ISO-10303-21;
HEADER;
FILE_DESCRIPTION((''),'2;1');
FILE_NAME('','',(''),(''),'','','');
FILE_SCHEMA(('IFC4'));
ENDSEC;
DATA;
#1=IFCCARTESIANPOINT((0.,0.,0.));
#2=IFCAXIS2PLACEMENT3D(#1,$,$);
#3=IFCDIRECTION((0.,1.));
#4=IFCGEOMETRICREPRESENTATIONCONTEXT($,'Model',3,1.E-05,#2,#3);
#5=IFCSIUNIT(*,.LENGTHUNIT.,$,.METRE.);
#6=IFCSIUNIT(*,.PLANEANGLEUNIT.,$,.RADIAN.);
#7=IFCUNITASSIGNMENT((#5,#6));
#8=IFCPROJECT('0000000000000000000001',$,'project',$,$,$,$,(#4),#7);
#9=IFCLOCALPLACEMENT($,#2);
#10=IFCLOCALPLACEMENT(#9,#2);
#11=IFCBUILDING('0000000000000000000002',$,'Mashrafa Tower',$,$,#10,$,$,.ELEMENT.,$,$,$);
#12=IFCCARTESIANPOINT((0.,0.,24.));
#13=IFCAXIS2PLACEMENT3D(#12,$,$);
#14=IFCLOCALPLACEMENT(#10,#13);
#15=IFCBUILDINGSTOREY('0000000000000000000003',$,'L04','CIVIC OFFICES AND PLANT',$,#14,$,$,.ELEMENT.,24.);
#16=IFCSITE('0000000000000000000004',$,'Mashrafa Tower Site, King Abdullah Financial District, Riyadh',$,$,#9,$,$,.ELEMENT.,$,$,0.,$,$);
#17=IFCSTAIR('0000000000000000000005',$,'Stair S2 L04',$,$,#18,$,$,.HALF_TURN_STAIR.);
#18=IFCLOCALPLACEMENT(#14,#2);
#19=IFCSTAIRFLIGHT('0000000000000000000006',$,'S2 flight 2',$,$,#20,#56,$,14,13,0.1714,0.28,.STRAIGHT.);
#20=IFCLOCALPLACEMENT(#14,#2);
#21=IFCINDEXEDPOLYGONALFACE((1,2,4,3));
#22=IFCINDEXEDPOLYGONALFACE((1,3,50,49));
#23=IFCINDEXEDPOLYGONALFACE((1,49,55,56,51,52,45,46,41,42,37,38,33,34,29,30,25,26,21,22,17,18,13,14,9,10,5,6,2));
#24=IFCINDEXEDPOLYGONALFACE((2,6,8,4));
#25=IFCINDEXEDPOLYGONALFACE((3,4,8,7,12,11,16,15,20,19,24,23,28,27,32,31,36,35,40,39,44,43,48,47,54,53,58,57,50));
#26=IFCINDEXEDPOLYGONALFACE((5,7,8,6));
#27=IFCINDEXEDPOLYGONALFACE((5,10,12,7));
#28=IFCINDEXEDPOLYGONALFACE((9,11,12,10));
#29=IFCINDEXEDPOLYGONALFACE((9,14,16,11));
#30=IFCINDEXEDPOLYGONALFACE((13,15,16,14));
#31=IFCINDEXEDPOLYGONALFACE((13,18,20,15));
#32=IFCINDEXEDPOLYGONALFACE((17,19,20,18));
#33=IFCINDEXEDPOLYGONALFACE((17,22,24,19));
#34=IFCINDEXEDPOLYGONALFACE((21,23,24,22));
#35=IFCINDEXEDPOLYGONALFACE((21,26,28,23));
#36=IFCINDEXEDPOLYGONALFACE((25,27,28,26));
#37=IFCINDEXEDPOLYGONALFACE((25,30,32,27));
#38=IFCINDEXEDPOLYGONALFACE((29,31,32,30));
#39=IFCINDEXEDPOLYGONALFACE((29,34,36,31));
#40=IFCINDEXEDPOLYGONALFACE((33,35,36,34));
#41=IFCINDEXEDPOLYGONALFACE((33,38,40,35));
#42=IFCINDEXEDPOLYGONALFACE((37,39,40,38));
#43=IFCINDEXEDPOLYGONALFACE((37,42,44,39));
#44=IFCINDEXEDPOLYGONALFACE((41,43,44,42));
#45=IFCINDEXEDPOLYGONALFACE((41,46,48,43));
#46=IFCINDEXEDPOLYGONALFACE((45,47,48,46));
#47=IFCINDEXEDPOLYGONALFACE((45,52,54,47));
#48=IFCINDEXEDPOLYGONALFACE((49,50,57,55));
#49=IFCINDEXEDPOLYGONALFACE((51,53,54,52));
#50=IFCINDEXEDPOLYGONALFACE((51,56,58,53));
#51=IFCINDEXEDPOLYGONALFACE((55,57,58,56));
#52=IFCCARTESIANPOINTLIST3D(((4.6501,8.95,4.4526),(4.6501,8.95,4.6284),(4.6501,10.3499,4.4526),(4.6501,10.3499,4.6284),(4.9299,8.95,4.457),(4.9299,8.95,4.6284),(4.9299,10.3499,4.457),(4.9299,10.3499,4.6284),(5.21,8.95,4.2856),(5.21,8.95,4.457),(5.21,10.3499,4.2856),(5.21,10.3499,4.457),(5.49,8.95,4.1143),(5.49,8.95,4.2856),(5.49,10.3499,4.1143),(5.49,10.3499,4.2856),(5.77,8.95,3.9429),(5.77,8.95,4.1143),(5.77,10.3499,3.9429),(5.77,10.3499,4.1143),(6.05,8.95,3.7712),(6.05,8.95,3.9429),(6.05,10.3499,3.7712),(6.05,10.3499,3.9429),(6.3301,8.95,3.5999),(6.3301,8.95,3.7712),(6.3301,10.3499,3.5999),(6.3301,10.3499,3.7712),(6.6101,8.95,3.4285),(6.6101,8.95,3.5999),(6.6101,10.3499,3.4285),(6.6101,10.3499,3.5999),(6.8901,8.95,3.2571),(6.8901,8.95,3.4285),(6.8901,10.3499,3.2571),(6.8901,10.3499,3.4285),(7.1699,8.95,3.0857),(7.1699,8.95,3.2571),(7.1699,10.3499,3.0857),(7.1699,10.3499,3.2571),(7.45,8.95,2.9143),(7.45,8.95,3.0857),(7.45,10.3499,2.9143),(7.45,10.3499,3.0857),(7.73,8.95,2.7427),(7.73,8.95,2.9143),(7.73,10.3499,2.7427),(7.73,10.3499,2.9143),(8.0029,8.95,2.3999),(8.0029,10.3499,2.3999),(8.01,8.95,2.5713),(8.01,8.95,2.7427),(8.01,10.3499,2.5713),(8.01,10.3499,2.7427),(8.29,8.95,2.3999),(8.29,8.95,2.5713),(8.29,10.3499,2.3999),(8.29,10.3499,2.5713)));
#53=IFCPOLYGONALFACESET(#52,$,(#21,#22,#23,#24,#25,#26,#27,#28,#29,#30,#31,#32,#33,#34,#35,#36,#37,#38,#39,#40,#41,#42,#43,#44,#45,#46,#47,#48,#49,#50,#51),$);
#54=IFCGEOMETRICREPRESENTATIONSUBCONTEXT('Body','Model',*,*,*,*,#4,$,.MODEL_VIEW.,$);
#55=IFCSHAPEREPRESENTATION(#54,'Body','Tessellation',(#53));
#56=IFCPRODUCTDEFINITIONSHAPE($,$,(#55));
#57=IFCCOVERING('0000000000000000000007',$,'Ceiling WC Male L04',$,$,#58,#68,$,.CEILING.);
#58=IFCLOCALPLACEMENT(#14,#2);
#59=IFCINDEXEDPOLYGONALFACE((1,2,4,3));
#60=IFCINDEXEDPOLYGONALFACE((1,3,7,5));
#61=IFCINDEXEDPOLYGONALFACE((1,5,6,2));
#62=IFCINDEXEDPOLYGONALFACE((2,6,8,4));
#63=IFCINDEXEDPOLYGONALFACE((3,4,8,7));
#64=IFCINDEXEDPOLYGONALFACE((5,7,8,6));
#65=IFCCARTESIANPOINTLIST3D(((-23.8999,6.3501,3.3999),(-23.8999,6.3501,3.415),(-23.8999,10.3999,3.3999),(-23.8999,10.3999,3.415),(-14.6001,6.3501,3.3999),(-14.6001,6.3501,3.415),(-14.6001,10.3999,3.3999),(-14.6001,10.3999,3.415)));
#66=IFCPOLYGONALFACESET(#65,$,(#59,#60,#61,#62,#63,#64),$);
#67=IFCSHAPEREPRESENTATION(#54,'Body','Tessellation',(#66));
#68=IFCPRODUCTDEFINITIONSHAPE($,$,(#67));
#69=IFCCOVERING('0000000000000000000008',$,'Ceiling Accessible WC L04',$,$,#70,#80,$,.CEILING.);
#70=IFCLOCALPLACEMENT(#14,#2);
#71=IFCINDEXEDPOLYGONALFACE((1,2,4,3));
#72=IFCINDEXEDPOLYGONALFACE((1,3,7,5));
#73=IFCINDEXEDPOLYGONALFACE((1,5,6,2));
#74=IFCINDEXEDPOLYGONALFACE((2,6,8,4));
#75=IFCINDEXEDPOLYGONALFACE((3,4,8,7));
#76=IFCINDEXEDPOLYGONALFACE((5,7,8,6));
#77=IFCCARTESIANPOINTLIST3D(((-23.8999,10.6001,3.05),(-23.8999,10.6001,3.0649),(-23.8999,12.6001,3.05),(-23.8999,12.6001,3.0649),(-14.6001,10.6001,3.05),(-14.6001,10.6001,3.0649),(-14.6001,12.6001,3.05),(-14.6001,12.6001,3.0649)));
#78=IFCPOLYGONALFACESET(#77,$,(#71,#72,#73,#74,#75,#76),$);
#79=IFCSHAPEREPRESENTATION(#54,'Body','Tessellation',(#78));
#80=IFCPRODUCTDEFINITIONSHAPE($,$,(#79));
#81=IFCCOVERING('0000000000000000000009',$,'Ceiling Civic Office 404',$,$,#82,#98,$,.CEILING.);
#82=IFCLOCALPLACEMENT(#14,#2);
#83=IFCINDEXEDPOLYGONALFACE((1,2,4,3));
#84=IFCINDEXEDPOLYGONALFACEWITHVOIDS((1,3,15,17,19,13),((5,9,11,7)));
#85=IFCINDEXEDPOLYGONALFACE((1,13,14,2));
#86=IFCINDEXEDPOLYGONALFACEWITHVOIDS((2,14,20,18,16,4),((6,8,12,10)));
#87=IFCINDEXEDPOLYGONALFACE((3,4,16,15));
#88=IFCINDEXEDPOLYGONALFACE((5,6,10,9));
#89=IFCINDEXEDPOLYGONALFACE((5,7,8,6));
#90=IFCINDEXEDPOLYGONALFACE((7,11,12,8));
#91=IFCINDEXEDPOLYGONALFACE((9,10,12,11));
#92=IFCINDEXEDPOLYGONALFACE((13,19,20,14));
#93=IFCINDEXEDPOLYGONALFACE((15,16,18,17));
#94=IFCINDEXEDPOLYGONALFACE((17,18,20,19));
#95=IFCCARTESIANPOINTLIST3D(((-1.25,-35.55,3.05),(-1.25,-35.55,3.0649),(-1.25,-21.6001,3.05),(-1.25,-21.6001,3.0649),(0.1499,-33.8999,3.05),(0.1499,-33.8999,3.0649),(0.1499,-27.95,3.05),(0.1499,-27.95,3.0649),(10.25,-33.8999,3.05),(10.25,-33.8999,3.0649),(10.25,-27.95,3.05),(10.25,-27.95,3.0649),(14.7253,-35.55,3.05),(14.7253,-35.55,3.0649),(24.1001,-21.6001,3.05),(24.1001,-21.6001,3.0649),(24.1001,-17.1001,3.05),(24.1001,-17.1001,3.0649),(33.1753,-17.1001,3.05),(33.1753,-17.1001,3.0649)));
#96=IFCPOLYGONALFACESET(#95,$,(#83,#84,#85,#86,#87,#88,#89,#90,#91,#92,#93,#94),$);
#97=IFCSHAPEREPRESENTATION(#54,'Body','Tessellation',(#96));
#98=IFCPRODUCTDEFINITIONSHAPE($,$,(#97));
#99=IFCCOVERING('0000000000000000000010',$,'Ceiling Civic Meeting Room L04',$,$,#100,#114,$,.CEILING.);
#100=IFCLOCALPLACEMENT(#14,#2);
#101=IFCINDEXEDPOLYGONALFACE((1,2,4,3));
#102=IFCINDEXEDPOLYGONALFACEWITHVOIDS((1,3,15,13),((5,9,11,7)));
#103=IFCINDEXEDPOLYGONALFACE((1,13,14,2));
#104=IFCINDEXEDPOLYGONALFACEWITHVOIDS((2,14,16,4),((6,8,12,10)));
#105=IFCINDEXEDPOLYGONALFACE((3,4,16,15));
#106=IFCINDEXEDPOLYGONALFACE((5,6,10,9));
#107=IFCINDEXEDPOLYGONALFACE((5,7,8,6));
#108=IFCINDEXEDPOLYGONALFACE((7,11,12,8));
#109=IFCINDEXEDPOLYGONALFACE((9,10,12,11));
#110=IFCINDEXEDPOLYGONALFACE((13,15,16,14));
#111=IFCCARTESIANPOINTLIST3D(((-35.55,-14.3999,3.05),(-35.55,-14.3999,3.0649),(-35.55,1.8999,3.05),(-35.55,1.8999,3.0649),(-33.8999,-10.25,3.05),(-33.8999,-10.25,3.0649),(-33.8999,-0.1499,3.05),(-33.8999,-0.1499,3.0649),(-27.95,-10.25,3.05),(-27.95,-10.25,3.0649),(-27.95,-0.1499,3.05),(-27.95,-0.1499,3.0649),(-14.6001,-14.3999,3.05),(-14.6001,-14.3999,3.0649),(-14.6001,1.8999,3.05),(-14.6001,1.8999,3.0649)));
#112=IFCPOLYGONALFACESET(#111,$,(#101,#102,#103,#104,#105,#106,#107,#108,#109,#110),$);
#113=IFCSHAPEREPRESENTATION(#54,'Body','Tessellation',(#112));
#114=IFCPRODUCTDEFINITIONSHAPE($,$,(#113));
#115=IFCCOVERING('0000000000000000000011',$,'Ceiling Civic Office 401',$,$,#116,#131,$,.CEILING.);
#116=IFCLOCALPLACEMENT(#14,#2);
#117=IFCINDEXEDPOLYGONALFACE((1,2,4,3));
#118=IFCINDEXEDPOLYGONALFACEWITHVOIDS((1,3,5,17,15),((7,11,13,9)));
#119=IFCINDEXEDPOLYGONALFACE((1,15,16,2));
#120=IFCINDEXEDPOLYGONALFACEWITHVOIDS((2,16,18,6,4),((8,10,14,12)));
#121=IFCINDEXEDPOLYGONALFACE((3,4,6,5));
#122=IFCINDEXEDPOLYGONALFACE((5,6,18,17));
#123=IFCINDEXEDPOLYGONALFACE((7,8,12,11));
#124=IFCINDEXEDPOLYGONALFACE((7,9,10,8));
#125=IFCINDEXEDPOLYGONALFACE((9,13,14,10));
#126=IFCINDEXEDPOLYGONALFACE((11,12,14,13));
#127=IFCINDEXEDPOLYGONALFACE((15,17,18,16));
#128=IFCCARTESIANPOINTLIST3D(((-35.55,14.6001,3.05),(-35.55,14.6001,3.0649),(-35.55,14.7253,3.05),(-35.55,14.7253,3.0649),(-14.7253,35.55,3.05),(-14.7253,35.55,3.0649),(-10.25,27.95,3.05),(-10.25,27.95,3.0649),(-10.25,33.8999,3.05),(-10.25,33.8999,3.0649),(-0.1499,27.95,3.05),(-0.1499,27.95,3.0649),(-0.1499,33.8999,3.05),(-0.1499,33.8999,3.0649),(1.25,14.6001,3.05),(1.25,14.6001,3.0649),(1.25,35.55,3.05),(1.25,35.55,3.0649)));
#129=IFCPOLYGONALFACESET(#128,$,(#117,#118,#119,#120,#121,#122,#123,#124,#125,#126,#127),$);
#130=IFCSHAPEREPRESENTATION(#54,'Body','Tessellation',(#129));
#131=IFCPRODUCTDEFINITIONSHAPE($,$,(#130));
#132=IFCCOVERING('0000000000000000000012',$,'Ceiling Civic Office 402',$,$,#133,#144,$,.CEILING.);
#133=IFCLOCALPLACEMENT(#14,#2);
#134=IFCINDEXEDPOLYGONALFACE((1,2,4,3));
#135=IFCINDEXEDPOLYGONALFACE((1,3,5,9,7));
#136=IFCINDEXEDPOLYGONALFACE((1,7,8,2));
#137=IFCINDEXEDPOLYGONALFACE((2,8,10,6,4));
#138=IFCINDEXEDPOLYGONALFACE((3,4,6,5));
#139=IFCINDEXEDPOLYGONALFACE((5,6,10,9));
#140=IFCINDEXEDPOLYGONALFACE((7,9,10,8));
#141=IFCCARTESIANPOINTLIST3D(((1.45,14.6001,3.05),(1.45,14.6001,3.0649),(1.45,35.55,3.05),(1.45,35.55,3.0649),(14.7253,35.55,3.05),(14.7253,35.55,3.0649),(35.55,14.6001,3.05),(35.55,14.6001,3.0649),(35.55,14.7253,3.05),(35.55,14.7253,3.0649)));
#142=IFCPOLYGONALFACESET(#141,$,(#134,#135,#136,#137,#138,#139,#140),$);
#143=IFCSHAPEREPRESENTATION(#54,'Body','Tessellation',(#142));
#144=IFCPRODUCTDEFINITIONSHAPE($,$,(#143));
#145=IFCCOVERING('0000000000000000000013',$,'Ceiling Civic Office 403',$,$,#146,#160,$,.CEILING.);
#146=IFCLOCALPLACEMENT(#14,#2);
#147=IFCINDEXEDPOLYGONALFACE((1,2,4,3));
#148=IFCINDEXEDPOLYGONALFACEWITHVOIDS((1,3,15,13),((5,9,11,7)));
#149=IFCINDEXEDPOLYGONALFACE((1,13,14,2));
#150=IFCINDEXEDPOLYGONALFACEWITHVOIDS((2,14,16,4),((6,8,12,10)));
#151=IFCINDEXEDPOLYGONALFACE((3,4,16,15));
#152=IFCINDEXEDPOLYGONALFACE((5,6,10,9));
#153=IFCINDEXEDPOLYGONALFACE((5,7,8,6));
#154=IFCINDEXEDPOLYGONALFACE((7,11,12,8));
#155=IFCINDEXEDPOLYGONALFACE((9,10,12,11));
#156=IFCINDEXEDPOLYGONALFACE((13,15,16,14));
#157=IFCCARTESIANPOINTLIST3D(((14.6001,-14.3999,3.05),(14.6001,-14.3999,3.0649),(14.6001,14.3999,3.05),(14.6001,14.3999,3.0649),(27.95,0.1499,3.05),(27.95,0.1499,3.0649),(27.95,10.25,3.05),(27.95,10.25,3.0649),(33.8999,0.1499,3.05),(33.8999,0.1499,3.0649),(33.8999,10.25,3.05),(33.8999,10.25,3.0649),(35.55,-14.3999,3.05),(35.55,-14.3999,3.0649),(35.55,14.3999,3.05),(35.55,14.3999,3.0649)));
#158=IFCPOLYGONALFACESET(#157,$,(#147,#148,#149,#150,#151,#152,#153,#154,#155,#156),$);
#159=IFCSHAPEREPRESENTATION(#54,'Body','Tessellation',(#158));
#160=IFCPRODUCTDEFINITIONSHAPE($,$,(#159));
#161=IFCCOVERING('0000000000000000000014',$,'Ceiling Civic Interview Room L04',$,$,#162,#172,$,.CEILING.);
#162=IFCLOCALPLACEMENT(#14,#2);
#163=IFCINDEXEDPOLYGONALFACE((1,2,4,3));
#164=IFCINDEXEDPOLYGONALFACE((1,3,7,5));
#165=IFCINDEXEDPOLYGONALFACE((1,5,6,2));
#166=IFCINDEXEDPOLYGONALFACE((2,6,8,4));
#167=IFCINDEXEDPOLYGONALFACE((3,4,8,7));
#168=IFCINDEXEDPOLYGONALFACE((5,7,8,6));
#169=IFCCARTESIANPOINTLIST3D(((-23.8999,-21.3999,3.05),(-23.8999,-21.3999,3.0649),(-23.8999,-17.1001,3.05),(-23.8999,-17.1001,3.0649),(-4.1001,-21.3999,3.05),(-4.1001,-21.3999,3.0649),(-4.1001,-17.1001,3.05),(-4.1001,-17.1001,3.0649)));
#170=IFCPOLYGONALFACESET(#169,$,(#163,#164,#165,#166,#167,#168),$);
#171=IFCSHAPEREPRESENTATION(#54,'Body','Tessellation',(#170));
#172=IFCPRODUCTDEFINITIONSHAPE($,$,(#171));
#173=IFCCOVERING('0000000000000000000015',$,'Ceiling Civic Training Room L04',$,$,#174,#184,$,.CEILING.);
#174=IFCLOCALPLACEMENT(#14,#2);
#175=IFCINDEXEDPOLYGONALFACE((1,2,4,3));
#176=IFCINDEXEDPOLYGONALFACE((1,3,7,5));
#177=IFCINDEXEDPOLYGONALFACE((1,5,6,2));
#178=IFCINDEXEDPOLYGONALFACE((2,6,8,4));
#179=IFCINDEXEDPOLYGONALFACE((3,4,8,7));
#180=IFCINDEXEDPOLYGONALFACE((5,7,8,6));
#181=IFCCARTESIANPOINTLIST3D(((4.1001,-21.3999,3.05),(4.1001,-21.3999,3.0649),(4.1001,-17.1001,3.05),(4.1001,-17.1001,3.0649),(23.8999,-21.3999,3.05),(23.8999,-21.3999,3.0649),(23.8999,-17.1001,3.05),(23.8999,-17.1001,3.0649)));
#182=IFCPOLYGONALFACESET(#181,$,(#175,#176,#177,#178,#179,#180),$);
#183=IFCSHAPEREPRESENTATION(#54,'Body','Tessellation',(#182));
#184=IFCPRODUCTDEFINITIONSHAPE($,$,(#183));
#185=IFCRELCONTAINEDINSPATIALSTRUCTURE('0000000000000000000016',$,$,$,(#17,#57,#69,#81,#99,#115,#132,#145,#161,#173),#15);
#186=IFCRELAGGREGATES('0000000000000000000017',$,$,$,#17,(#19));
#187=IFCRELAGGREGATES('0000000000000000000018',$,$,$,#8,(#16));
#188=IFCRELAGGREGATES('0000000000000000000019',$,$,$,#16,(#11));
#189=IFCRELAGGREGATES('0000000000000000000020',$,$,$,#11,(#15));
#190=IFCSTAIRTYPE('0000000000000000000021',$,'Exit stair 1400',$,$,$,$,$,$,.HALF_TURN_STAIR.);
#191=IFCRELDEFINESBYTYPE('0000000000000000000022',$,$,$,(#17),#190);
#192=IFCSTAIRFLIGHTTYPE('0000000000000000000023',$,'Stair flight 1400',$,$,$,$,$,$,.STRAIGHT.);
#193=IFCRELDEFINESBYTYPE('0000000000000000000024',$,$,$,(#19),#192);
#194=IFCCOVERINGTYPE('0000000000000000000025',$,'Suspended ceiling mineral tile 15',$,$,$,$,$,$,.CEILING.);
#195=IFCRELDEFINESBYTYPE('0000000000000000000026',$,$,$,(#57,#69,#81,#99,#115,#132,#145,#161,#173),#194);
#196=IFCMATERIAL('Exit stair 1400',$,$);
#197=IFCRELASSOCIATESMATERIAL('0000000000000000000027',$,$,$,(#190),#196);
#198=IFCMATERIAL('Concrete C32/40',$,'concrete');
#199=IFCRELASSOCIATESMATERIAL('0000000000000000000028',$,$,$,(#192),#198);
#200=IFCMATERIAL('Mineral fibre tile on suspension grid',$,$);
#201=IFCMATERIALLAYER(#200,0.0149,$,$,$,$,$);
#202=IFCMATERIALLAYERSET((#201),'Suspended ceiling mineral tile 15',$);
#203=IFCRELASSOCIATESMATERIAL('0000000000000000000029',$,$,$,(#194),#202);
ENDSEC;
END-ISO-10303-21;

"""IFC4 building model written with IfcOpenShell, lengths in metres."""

from ifc_helpers import new_model, si_unit, direction, frame, origin, place, context, subcontext, project, spatial, polyline, outline, extrude, material, layer, layer_set, type_object, element, aggregate, save


model = new_model("IFC4")

# Units and contexts
model_context = context("Model", 3, precision=1e-05, world=origin(), true_north=direction((0.0, 1.0)))
body_context = subcontext(model_context, "Body", "Model", "MODEL_VIEW")
ifc_project = project(units=[si_unit("LENGTHUNIT", "METRE"), si_unit("PLANEANGLEUNIT", "RADIAN")], contexts=[model_context])

# Site, building, storey
site_placement = place(None, origin())
site = spatial("IfcSite", under=ifc_project, at=site_placement, Name="Mashrafa Tower Site, King Abdullah Financial District, Riyadh", CompositionType="ELEMENT", RefElevation=0.0)
building_placement = place(site_placement, origin())
building = spatial("IfcBuilding", under=site, at=building_placement, Name="Mashrafa Tower", CompositionType="ELEMENT")
storey_placement = place(building_placement, frame((0.0, 0.0, 24.0)))
storey = spatial("IfcBuildingStorey", under=building, at=storey_placement, Name="L04", Description="CIVIC OFFICES AND PLANT", CompositionType="ELEMENT", Elevation=24.0)

# Stair, stair flight
ifc_material_1 = material(Name="Exit stair 1400")
stair_type = type_object("IfcStairType", Name="Exit stair 1400", PredefinedType="HALF_TURN_STAIR", material=ifc_material_1)
stair_placement = place(storey_placement, origin())
stair = element("IfcStair", 1, at=stair_placement, inside=storey, type_object=stair_type, Name="Stair S2 L04", PredefinedType="HALF_TURN_STAIR")
ifc_material_2 = material(Name="Concrete C32/40", Category="concrete")
stair_flight_type = type_object("IfcStairFlightType", Name="Stair flight 1400", PredefinedType="STRAIGHT", material=ifc_material_2)
stair_flight_1_placement = place(storey_placement, frame((8.29, 9.6499, 2.3999), z_axis=(0.0, 0.0, 1.0), x_axis=(-1.0, 0.0, 0.0)))
stair_flight_1 = element("IfcStairFlight", 2, at=stair_flight_1_placement, type_object=stair_flight_type, Name="S2 flight 2", NumberOfRisers=14, NumberOfTreads=13, PredefinedType="STRAIGHT", RiserHeight=0.1714, TreadLength=0.28, context=body_context, shape_type="SweptSolid", body=[
    extrude(outline(polyline([(0.0, 0.0), (0.0, 0.1714), (0.28, 0.1714), (0.28, 0.3428), (0.5601, 0.3428), (0.5601, 0.5144), (0.8401, 0.5144), (0.8401, 0.6858), (1.1201, 0.6858), (1.1201, 0.8572), (1.3999, 0.8572), (1.3999, 1.0286), (1.6799, 1.0286), (1.6799, 1.2), (1.96, 1.2), (1.96, 1.3713), (2.24, 1.3713), (2.24, 1.543), (2.52, 1.543), (2.52, 1.7144), (2.8, 1.7144), (2.8, 1.8857), (3.0801, 1.8857), (3.0801, 2.0571), (3.3601, 2.0571), (3.3601, 2.2285), (3.6399, 2.2285), (3.6399, 2.3999), (3.6399, 2.0527), (0.2871, 0.0), (0.0, 0.0)])), frame((0.0, 0.7, 0.0), z_axis=(0.0, -1.0, 0.0), x_axis=(1.0, 0.0, 0.0)), (0.0, 0.0, 1.0), 1.3999),
])
aggregate(stair, [stair_flight_1])

# Coverings
ifc_material_3 = material(Name="Mineral fibre tile on suspension grid")
ifc_layer_1 = layer(ifc_material_3, 0.0149)
ifc_layer_set_1 = layer_set([ifc_layer_1], Name="Suspended ceiling mineral tile 15")
covering_type = type_object("IfcCoveringType", Name="Suspended ceiling mineral tile 15", PredefinedType="CEILING", material=ifc_layer_set_1)
covering_1_placement = place(storey_placement, frame((0.0, 0.0, 3.3999)))
element("IfcCovering", 3, at=covering_1_placement, inside=storey, type_object=covering_type, Name="Ceiling WC Male L04", PredefinedType="CEILING", context=body_context, shape_type="SweptSolid", body=[
    extrude(outline(polyline([(-23.8999, 6.3501), (-23.8999, 10.3999), (-14.6001, 10.3999), (-14.6001, 6.3501), (-23.8999, 6.3501)])), origin(), (0.0, 0.0, 1.0), 0.0151),
])
covering_2_placement = place(storey_placement, frame((0.0, 0.0, 3.05)))
element("IfcCovering", 4, at=covering_2_placement, inside=storey, type_object=covering_type, Name="Ceiling Accessible WC L04", PredefinedType="CEILING", context=body_context, shape_type="SweptSolid", body=[
    extrude(outline(polyline([(-23.8999, 10.6001), (-23.8999, 12.6001), (-14.6001, 12.6001), (-14.6001, 10.6001), (-23.8999, 10.6001)])), origin(), (0.0, 0.0, 1.0), 0.0149),
])
covering_3_placement = place(storey_placement, frame((0.0, 0.0, 3.05)))
element("IfcCovering", 5, at=covering_3_placement, inside=storey, type_object=covering_type, Name="Ceiling Civic Office 404", PredefinedType="CEILING", context=body_context, shape_type="SweptSolid", body=[
    extrude(outline(polyline([(-1.25, -21.6001), (24.1001, -21.6001), (24.1001, -17.1001), (33.1753, -17.1001), (14.7253, -35.55), (-1.25, -35.55), (-1.25, -21.6001)]), holes=[polyline([(0.1499, -27.95), (0.1499, -33.8999), (10.25, -33.8999), (10.25, -27.95), (0.1499, -27.95)])]), origin(), (0.0, 0.0, 1.0), 0.0149),
])
covering_4_placement = place(storey_placement, frame((0.0, 0.0, 3.05)))
element("IfcCovering", 6, at=covering_4_placement, inside=storey, type_object=covering_type, Name="Ceiling Civic Meeting Room L04", PredefinedType="CEILING", context=body_context, shape_type="SweptSolid", body=[
    extrude(outline(polyline([(-14.6001, 1.8999), (-14.6001, -14.3999), (-35.55, -14.3999), (-35.55, 1.8999), (-14.6001, 1.8999)]), holes=[polyline([(-27.95, -10.25), (-27.95, -0.1499), (-33.8999, -0.1499), (-33.8999, -10.25), (-27.95, -10.25)])]), origin(), (0.0, 0.0, 1.0), 0.0149),
])
covering_5_placement = place(storey_placement, frame((0.0, 0.0, 3.05)))
element("IfcCovering", 7, at=covering_5_placement, inside=storey, type_object=covering_type, Name="Ceiling Civic Office 401", PredefinedType="CEILING", context=body_context, shape_type="SweptSolid", body=[
    extrude(outline(polyline([(1.25, 35.55), (1.25, 14.6001), (-35.55, 14.6001), (-35.55, 14.7253), (-14.7253, 35.55), (1.25, 35.55)]), holes=[polyline([(-10.25, 33.8999), (-10.25, 27.95), (-0.1499, 27.95), (-0.1499, 33.8999), (-10.25, 33.8999)])]), origin(), (0.0, 0.0, 1.0), 0.0149),
])
covering_6_placement = place(storey_placement, frame((0.0, 0.0, 3.05)))
element("IfcCovering", 8, at=covering_6_placement, inside=storey, type_object=covering_type, Name="Ceiling Civic Office 402", PredefinedType="CEILING", context=body_context, shape_type="SweptSolid", body=[
    extrude(outline(polyline([(1.45, 14.6001), (1.45, 35.55), (14.7253, 35.55), (35.55, 14.7253), (35.55, 14.6001), (1.45, 14.6001)])), origin(), (0.0, 0.0, 1.0), 0.0149),
])
covering_7_placement = place(storey_placement, frame((0.0, 0.0, 3.05)))
element("IfcCovering", 9, at=covering_7_placement, inside=storey, type_object=covering_type, Name="Ceiling Civic Office 403", PredefinedType="CEILING", context=body_context, shape_type="SweptSolid", body=[
    extrude(outline(polyline([(14.6001, -14.3999), (14.6001, 14.3999), (35.55, 14.3999), (35.55, -14.3999), (14.6001, -14.3999)]), holes=[polyline([(33.8999, 10.25), (27.95, 10.25), (27.95, 0.1499), (33.8999, 0.1499), (33.8999, 10.25)])]), origin(), (0.0, 0.0, 1.0), 0.0149),
])
covering_8_placement = place(storey_placement, frame((0.0, 0.0, 3.05)))
element("IfcCovering", 10, at=covering_8_placement, inside=storey, type_object=covering_type, Name="Ceiling Civic Interview Room L04", PredefinedType="CEILING", context=body_context, shape_type="SweptSolid", body=[
    extrude(outline(polyline([(-23.8999, -21.3999), (-23.8999, -17.1001), (-4.1001, -17.1001), (-4.1001, -21.3999), (-23.8999, -21.3999)])), origin(), (0.0, 0.0, 1.0), 0.0149),
])
covering_9_placement = place(storey_placement, frame((0.0, 0.0, 3.05)))
element("IfcCovering", 11, at=covering_9_placement, inside=storey, type_object=covering_type, Name="Ceiling Civic Training Room L04", PredefinedType="CEILING", context=body_context, shape_type="SweptSolid", body=[
    extrude(outline(polyline([(4.1001, -21.3999), (4.1001, -17.1001), (23.8999, -17.1001), (23.8999, -21.3999), (4.1001, -21.3999)])), origin(), (0.0, 0.0, 1.0), 0.0149),
])

save(model, "model.ifc")
